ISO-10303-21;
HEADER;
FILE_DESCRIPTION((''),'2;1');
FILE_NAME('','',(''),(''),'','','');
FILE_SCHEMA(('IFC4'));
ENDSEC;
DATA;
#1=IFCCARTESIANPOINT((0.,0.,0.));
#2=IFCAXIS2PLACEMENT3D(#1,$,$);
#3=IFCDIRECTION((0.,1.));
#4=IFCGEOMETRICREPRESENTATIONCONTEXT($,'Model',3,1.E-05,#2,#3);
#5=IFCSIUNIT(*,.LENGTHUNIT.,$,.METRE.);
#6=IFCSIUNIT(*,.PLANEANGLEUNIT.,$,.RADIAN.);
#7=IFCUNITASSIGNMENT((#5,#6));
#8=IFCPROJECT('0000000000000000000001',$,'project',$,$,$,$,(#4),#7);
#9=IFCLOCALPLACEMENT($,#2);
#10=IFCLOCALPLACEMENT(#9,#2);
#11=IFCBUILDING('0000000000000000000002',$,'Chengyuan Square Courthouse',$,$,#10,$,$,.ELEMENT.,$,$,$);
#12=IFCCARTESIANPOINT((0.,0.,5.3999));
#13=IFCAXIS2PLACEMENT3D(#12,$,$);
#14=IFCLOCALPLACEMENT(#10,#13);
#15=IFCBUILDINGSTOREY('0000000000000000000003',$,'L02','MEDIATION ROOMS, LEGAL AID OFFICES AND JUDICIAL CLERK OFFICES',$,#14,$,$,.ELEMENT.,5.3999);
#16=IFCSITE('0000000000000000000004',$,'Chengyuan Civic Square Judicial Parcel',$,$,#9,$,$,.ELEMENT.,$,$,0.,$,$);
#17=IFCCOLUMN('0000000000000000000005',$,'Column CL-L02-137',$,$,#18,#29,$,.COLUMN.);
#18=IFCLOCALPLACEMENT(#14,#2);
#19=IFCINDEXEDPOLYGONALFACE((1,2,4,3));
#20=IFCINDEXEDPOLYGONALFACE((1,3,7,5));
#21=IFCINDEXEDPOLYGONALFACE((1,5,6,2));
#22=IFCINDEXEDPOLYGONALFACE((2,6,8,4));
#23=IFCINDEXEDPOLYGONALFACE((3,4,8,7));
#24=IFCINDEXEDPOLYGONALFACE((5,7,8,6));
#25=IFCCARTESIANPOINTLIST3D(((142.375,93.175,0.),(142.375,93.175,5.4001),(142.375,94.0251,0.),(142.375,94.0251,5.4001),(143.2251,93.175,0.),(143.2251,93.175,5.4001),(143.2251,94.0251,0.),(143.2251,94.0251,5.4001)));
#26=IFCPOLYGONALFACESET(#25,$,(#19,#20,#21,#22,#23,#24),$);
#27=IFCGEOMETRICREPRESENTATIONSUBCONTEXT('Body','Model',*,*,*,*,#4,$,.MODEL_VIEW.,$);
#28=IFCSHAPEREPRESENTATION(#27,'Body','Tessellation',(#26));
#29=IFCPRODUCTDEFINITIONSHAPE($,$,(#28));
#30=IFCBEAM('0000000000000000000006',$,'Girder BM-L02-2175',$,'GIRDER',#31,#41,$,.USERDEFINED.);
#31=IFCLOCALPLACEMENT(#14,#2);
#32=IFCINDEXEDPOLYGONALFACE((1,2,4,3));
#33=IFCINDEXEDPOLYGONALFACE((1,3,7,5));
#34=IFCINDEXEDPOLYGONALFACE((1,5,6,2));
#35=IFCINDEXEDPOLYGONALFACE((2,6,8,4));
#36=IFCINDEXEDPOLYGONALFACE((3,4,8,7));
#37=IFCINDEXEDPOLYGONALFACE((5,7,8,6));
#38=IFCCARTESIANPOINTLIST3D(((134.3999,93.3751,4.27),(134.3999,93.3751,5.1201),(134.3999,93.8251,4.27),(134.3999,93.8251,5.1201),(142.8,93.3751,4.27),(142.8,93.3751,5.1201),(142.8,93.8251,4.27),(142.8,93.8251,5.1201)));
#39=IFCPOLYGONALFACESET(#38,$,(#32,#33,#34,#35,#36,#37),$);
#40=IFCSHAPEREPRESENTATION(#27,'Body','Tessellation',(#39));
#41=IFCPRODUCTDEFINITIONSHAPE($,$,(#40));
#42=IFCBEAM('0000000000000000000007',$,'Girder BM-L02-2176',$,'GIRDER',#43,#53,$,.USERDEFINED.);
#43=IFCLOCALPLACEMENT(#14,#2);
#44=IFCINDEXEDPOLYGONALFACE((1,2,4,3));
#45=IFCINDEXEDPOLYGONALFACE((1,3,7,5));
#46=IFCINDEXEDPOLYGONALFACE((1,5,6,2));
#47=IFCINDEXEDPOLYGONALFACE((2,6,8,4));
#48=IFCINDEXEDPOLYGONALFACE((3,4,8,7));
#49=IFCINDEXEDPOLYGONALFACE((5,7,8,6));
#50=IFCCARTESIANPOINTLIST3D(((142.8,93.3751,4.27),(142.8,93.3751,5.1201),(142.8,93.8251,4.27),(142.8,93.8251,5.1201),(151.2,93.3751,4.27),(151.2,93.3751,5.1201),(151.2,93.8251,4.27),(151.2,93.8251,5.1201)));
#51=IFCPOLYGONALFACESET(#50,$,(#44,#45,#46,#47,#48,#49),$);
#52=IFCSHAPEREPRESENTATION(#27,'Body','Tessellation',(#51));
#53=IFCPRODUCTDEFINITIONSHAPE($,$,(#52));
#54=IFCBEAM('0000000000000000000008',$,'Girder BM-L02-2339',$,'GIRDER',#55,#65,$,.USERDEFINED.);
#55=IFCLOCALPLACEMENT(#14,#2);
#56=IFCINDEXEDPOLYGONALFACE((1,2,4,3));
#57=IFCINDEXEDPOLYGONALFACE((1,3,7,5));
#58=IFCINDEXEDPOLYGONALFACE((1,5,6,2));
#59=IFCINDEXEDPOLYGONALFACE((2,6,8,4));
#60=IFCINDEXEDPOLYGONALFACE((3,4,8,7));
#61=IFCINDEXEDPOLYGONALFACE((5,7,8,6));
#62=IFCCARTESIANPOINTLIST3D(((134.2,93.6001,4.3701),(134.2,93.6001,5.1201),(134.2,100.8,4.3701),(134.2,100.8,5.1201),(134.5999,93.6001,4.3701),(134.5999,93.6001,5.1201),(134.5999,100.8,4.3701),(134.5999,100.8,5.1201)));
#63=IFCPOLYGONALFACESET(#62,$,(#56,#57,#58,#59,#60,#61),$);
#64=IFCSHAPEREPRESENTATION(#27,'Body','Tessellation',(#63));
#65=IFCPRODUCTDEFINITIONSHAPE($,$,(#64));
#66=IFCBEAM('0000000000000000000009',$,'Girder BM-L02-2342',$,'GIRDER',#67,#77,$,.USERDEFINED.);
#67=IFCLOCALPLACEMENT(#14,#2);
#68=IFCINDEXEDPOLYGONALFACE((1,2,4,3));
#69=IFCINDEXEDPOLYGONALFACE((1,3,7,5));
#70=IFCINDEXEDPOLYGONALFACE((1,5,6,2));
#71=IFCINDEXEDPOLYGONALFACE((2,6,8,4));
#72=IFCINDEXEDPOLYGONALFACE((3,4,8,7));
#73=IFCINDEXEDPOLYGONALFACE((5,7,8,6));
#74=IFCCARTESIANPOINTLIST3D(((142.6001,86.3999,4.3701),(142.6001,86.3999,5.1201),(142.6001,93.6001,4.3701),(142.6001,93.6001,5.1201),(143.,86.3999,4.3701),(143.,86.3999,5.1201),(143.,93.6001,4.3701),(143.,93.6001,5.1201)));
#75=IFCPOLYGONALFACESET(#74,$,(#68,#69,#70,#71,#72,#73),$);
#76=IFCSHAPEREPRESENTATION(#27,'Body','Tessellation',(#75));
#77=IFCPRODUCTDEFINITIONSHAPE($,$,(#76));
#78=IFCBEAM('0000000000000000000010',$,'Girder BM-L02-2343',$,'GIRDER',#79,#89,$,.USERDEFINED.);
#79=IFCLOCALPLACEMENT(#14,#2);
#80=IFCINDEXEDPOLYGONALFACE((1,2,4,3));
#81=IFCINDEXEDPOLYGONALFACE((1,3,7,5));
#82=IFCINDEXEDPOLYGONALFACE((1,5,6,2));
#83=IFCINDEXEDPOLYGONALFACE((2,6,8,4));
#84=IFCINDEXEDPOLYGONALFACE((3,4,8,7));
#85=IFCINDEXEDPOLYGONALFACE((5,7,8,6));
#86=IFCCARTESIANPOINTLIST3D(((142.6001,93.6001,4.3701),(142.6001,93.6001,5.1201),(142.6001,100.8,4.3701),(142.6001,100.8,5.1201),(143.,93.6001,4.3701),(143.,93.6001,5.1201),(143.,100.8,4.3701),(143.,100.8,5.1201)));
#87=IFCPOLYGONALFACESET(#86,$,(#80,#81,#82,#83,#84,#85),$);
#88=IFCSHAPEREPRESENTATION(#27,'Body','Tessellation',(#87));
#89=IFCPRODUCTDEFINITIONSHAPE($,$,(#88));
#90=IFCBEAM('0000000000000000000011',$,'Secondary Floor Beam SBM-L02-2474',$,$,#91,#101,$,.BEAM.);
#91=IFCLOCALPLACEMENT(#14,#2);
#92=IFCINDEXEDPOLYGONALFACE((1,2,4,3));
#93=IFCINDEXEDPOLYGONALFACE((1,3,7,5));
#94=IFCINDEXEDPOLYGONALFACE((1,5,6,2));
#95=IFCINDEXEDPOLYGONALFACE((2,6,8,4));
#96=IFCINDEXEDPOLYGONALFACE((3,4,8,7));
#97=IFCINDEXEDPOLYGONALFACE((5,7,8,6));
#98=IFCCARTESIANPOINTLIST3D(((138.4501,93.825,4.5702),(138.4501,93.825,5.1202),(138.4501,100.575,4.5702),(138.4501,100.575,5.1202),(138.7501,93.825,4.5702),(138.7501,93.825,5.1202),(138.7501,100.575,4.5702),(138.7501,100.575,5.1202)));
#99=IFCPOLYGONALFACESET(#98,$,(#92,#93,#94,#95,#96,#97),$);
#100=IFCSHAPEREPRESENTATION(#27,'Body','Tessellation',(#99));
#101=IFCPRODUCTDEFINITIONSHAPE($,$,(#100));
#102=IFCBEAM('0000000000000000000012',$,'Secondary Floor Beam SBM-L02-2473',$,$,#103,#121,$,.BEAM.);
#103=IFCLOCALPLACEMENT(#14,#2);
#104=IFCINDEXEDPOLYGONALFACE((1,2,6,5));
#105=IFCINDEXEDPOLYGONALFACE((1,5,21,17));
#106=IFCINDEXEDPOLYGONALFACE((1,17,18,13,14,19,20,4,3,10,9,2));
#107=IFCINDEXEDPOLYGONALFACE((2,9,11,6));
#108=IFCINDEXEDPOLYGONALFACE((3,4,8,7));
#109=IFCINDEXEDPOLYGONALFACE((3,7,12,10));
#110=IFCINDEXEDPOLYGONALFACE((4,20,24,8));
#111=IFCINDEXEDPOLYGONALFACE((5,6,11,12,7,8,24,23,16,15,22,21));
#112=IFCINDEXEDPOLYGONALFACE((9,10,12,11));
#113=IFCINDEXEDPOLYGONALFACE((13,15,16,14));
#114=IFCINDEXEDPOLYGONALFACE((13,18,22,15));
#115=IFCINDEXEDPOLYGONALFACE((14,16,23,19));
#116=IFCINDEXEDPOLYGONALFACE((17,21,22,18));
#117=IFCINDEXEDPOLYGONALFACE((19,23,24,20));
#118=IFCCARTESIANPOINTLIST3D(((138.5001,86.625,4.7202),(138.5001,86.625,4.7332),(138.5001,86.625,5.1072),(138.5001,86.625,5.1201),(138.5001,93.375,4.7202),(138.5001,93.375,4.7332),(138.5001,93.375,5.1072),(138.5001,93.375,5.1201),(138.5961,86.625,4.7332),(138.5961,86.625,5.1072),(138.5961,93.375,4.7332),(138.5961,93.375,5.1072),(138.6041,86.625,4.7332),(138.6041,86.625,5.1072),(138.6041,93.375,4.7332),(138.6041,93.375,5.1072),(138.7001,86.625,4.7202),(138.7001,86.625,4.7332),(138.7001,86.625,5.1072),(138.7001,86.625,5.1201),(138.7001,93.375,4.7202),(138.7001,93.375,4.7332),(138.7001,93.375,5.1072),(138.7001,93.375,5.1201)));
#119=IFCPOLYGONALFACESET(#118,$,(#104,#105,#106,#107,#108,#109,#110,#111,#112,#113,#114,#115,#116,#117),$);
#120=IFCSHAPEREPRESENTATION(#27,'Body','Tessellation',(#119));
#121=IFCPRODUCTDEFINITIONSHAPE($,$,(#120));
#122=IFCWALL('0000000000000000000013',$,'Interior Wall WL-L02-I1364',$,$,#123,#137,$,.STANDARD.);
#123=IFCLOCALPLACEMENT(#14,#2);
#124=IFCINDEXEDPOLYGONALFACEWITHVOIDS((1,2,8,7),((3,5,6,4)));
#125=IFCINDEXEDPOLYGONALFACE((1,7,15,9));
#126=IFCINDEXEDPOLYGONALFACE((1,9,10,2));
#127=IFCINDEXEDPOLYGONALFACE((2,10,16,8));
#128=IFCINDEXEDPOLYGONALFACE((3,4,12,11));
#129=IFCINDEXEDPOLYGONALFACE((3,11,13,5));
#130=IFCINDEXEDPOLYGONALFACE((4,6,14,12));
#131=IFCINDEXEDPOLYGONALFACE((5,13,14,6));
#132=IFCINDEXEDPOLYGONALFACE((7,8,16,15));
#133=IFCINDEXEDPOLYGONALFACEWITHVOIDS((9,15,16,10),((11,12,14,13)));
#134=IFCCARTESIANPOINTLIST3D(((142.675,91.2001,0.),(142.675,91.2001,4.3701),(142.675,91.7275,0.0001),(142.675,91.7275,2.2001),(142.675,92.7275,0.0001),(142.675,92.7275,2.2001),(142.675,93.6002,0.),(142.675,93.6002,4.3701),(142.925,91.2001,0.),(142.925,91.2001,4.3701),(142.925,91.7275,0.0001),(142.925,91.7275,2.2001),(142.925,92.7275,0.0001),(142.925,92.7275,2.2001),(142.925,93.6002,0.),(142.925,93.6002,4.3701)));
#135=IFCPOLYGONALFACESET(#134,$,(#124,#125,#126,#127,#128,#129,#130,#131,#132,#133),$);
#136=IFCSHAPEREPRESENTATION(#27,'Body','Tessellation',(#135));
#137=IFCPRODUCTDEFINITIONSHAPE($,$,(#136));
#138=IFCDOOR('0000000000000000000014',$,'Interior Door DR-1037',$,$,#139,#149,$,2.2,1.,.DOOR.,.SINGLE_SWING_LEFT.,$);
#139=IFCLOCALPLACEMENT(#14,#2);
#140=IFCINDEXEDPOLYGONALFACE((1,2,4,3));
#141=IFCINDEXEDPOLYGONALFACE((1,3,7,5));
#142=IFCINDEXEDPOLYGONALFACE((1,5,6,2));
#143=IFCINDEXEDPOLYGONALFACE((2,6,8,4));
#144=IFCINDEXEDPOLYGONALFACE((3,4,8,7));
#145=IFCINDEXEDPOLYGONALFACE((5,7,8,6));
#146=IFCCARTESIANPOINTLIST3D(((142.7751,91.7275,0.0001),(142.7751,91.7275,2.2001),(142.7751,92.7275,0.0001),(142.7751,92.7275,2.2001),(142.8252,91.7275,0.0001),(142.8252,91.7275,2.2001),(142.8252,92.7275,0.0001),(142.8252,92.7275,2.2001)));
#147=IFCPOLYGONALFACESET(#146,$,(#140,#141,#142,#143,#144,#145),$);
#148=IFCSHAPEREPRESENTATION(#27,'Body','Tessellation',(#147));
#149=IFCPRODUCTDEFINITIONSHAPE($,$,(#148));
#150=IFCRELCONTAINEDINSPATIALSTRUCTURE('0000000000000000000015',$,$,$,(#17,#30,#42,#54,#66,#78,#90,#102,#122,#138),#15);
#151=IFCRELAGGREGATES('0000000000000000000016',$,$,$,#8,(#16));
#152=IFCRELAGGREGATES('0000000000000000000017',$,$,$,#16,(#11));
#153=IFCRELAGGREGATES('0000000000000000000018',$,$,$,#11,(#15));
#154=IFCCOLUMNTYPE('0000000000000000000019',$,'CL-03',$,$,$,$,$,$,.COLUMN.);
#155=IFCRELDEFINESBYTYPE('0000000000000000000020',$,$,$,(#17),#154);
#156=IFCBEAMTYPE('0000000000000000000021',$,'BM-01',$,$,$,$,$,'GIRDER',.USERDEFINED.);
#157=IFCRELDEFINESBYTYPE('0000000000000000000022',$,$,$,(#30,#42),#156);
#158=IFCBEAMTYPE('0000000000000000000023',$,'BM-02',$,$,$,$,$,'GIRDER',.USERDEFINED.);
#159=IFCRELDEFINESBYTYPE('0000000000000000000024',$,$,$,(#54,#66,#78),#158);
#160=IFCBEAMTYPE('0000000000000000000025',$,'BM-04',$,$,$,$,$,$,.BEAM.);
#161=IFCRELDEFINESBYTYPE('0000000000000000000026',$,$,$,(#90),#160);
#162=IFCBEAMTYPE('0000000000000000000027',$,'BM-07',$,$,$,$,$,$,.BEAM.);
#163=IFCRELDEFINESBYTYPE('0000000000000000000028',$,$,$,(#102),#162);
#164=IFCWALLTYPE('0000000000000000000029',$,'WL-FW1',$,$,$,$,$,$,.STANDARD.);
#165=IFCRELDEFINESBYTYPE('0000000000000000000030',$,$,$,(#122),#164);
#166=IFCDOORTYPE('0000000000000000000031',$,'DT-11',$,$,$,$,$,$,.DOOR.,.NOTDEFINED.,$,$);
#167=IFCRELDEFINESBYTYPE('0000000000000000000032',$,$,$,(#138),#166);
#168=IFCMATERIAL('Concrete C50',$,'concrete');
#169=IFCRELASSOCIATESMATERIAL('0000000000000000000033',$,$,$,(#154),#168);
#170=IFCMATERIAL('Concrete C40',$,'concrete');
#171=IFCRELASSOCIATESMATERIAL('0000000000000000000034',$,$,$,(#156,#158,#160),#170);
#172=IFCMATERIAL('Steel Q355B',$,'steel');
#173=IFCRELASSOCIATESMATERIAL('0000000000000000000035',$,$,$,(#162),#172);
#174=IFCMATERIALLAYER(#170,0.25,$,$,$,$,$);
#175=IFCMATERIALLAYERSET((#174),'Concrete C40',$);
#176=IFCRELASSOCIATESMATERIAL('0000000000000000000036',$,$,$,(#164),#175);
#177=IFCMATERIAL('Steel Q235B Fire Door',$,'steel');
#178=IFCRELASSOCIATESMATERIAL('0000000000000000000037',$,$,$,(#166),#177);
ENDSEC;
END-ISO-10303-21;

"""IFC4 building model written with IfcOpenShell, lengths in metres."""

from ifc_helpers import new_model, si_unit, direction, frame, frame_2d, origin, origin_2d, place, context, subcontext, project, spatial, rectangle, i_section, extrude, material, layer, layer_set, material_profile, profile_set, type_object, element, fill, save


model = new_model("IFC4")

# Units and contexts
model_context = context("Model", 3, precision=1e-05, world=origin(), true_north=direction((0.0, 1.0)))
body_context = subcontext(model_context, "Body", "Model", "MODEL_VIEW")
ifc_project = project(units=[si_unit("LENGTHUNIT", "METRE"), si_unit("PLANEANGLEUNIT", "RADIAN")], contexts=[model_context])

# Site, building, storey
site_placement = place(None, origin())
site = spatial("IfcSite", under=ifc_project, at=site_placement, Name="Chengyuan Civic Square Judicial Parcel", CompositionType="ELEMENT", RefElevation=0.0)
building_placement = place(site_placement, origin())
building = spatial("IfcBuilding", under=site, at=building_placement, Name="Chengyuan Square Courthouse", CompositionType="ELEMENT")
storey_placement = place(building_placement, frame((0.0, 0.0, 5.3999)))
storey = spatial("IfcBuildingStorey", under=building, at=storey_placement, Name="L02", Description="MEDIATION ROOMS, LEGAL AID OFFICES AND JUDICIAL CLERK OFFICES", CompositionType="ELEMENT", Elevation=5.3999)

# Column
ifc_material_1 = material(Name="Concrete C50", Category="concrete")
ifc_material_profile_1 = material_profile(ifc_material_1, rectangle(XDim=0.8501, YDim=0.8501, at=origin_2d()), Name="RC-COL-850x850")
ifc_profile_set_1 = profile_set([ifc_material_profile_1], Name="Concrete C50")
column_type = type_object("IfcColumnType", Name="CL-03", PredefinedType="COLUMN", material=ifc_profile_set_1)
column_placement = place(storey_placement, frame((142.8, 93.6001, 0.0), z_axis=(0.0, 0.0, 1.0), x_axis=(1.0, 0.0, 0.0)))
element("IfcColumn", 1, at=column_placement, inside=storey, type_object=column_type, Name="Column CL-L02-137", PredefinedType="COLUMN", context=body_context, shape_type="SweptSolid", body=[
    extrude(rectangle(XDim=0.8501, YDim=0.8501, at=origin_2d()), origin(), (0.0, 0.0, 1.0), 5.4001),
])

# Beams
ifc_material_2 = material(Name="Concrete C40", Category="concrete")
ifc_material_profile_2 = material_profile(ifc_material_2, rectangle(XDim=0.45, YDim=0.8501, at=origin_2d()), Name="RC-BM-450x850")
ifc_profile_set_2 = profile_set([ifc_material_profile_2], Name="Concrete C40")
beam_type_1 = type_object("IfcBeamType", Name="BM-01", ElementType="GIRDER", PredefinedType="USERDEFINED", material=ifc_profile_set_2)
beam_1_placement = place(storey_placement, frame((134.3999, 93.6001, 4.6951), z_axis=(1.0, 0.0, 0.0), x_axis=(0.0, 1.0, 0.0)))
element("IfcBeam", 2, at=beam_1_placement, inside=storey, type_object=beam_type_1, Name="Girder BM-L02-2175", ObjectType="GIRDER", PredefinedType="USERDEFINED", context=body_context, shape_type="SweptSolid", body=[
    extrude(rectangle(XDim=0.45, YDim=0.8501, at=origin_2d()), origin(), (0.0, 0.0, 1.0), 8.4001),
])
beam_2_placement = place(storey_placement, frame((142.8, 93.6001, 4.6951), z_axis=(1.0, 0.0, 0.0), x_axis=(0.0, 1.0, 0.0)))
element("IfcBeam", 3, at=beam_2_placement, inside=storey, type_object=beam_type_1, Name="Girder BM-L02-2176", ObjectType="GIRDER", PredefinedType="USERDEFINED", context=body_context, shape_type="SweptSolid", body=[
    extrude(rectangle(XDim=0.45, YDim=0.8501, at=origin_2d()), origin(), (0.0, 0.0, 1.0), 8.3999),
])
ifc_material_profile_3 = material_profile(ifc_material_2, rectangle(XDim=0.3999, YDim=0.75, at=origin_2d()), Name="RC-BM-400x750")
ifc_profile_set_3 = profile_set([ifc_material_profile_3], Name="Concrete C40")
beam_type_2 = type_object("IfcBeamType", Name="BM-02", ElementType="GIRDER", PredefinedType="USERDEFINED", material=ifc_profile_set_3)
beam_3_placement = place(storey_placement, frame((134.3999, 93.6001, 4.7451), z_axis=(0.0, 1.0, 0.0), x_axis=(-1.0, 0.0, 0.0)))
element("IfcBeam", 4, at=beam_3_placement, inside=storey, type_object=beam_type_2, Name="Girder BM-L02-2339", ObjectType="GIRDER", PredefinedType="USERDEFINED", context=body_context, shape_type="SweptSolid", body=[
    extrude(rectangle(XDim=0.3999, YDim=0.75, at=origin_2d()), origin(), (0.0, 0.0, 1.0), 7.2),
])
beam_4_placement = place(storey_placement, frame((142.8, 86.3999, 4.7451), z_axis=(0.0, 1.0, 0.0), x_axis=(-1.0, 0.0, 0.0)))
element("IfcBeam", 5, at=beam_4_placement, inside=storey, type_object=beam_type_2, Name="Girder BM-L02-2342", ObjectType="GIRDER", PredefinedType="USERDEFINED", context=body_context, shape_type="SweptSolid", body=[
    extrude(rectangle(XDim=0.3999, YDim=0.75, at=origin_2d()), origin(), (0.0, 0.0, 1.0), 7.2002),
])
beam_5_placement = place(storey_placement, frame((142.8, 93.6001, 4.7451), z_axis=(0.0, 1.0, 0.0), x_axis=(-1.0, 0.0, 0.0)))
element("IfcBeam", 6, at=beam_5_placement, inside=storey, type_object=beam_type_2, Name="Girder BM-L02-2343", ObjectType="GIRDER", PredefinedType="USERDEFINED", context=body_context, shape_type="SweptSolid", body=[
    extrude(rectangle(XDim=0.3999, YDim=0.75, at=origin_2d()), origin(), (0.0, 0.0, 1.0), 7.2),
])
ifc_material_profile_4 = material_profile(ifc_material_2, rectangle(XDim=0.3, YDim=0.55, at=origin_2d()), Name="RC-BM-300x550")
ifc_profile_set_4 = profile_set([ifc_material_profile_4], Name="Concrete C40")
beam_type_3 = type_object("IfcBeamType", Name="BM-04", PredefinedType="BEAM", material=ifc_profile_set_4)
beam_6_placement = place(storey_placement, frame((138.6001, 93.825, 4.8452), z_axis=(0.0, 1.0, 0.0), x_axis=(-1.0, 0.0, 0.0)))
element("IfcBeam", 7, at=beam_6_placement, inside=storey, type_object=beam_type_3, Name="Secondary Floor Beam SBM-L02-2474", PredefinedType="BEAM", context=body_context, shape_type="SweptSolid", body=[
    extrude(rectangle(XDim=0.3, YDim=0.55, at=origin_2d()), origin(), (0.0, 0.0, 1.0), 6.75),
])
ifc_material_3 = material(Name="Steel Q355B", Category="steel")
ifc_material_profile_5 = material_profile(ifc_material_3, i_section(OverallWidth=0.2, OverallDepth=0.3999, WebThickness=0.0081, FlangeThickness=0.0129, at=origin_2d()), Name="HN 400x200x8x13")
ifc_profile_set_5 = profile_set([ifc_material_profile_5], Name="Steel Q355B")
beam_type_4 = type_object("IfcBeamType", Name="BM-07", PredefinedType="BEAM", material=ifc_profile_set_5)
beam_7_placement = place(storey_placement, frame((138.6001, 86.625, 4.9202), z_axis=(0.0, 1.0, 0.0), x_axis=(-1.0, 0.0, 0.0)))
element("IfcBeam", 8, at=beam_7_placement, inside=storey, type_object=beam_type_4, Name="Secondary Floor Beam SBM-L02-2473", PredefinedType="BEAM", context=body_context, shape_type="SweptSolid", body=[
    extrude(i_section(OverallWidth=0.2, OverallDepth=0.3999, WebThickness=0.0081, FlangeThickness=0.0129, at=origin_2d()), origin(), (0.0, 0.0, 1.0), 6.75),
])

# Wall, opening, door
ifc_layer_1 = layer(ifc_material_2, 0.25)
ifc_layer_set_1 = layer_set([ifc_layer_1], Name="Concrete C40")
wall_type_1 = type_object("IfcWallType", Name="WL-FW1", PredefinedType="STANDARD", material=ifc_layer_set_1)
wall_1_placement = place(storey_placement, frame((142.8, 91.2, 0.0), z_axis=(0.0, 0.0, 1.0), x_axis=(0.0, 1.0, 0.0)))
wall_1 = element("IfcWall", 9, at=wall_1_placement, inside=storey, type_object=wall_type_1, Name="Interior Wall WL-L02-I1364", PredefinedType="STANDARD", context=body_context, shape_type="SweptSolid", body=[
    extrude(rectangle(XDim=2.4001, YDim=0.25, at=frame_2d((1.2002, 0.0))), origin(), (0.0, 0.0, 1.0), 4.3701),
])
opening_1_placement = place(wall_1_placement, frame((0.5276, 0.0, 0.0)))
opening_1 = element("IfcOpeningElement", 10, at=opening_1_placement, cuts=wall_1, PredefinedType="OPENING", context=body_context, shape_type="SweptSolid", body=[
    extrude(rectangle(XDim=1.0, YDim=2.2, at=frame_2d((0.5, 1.1001))), frame((0.0, 0.137, 0.0), z_axis=(0.0, -1.0, 0.0), x_axis=(1.0, 0.0, 0.0)), (0.0, 0.0, 1.0), 0.2739),
])
ifc_material_4 = material(Name="Steel Q235B Fire Door", Category="steel")
door_type_1 = type_object("IfcDoorType", Name="DT-11", OperationType="NOTDEFINED", PredefinedType="DOOR", material=ifc_material_4)
door_1_placement = place(opening_1_placement, origin())
door_1 = element("IfcDoor", 11, at=door_1_placement, inside=storey, type_object=door_type_1, Name="Interior Door DR-1037", OperationType="SINGLE_SWING_LEFT", OverallHeight=2.2, OverallWidth=1.0, PredefinedType="DOOR", context=body_context, shape_type="SweptSolid", body=[
    extrude(rectangle(XDim=1.0, YDim=2.2, at=frame_2d((0.5, 1.1001))), frame((0.0, 0.0249, 0.0), z_axis=(0.0, -1.0, 0.0), x_axis=(1.0, 0.0, 0.0)), (0.0, 0.0, 1.0), 0.05),
])
fill(opening_1, door_1)

save(model, "model.ifc")
